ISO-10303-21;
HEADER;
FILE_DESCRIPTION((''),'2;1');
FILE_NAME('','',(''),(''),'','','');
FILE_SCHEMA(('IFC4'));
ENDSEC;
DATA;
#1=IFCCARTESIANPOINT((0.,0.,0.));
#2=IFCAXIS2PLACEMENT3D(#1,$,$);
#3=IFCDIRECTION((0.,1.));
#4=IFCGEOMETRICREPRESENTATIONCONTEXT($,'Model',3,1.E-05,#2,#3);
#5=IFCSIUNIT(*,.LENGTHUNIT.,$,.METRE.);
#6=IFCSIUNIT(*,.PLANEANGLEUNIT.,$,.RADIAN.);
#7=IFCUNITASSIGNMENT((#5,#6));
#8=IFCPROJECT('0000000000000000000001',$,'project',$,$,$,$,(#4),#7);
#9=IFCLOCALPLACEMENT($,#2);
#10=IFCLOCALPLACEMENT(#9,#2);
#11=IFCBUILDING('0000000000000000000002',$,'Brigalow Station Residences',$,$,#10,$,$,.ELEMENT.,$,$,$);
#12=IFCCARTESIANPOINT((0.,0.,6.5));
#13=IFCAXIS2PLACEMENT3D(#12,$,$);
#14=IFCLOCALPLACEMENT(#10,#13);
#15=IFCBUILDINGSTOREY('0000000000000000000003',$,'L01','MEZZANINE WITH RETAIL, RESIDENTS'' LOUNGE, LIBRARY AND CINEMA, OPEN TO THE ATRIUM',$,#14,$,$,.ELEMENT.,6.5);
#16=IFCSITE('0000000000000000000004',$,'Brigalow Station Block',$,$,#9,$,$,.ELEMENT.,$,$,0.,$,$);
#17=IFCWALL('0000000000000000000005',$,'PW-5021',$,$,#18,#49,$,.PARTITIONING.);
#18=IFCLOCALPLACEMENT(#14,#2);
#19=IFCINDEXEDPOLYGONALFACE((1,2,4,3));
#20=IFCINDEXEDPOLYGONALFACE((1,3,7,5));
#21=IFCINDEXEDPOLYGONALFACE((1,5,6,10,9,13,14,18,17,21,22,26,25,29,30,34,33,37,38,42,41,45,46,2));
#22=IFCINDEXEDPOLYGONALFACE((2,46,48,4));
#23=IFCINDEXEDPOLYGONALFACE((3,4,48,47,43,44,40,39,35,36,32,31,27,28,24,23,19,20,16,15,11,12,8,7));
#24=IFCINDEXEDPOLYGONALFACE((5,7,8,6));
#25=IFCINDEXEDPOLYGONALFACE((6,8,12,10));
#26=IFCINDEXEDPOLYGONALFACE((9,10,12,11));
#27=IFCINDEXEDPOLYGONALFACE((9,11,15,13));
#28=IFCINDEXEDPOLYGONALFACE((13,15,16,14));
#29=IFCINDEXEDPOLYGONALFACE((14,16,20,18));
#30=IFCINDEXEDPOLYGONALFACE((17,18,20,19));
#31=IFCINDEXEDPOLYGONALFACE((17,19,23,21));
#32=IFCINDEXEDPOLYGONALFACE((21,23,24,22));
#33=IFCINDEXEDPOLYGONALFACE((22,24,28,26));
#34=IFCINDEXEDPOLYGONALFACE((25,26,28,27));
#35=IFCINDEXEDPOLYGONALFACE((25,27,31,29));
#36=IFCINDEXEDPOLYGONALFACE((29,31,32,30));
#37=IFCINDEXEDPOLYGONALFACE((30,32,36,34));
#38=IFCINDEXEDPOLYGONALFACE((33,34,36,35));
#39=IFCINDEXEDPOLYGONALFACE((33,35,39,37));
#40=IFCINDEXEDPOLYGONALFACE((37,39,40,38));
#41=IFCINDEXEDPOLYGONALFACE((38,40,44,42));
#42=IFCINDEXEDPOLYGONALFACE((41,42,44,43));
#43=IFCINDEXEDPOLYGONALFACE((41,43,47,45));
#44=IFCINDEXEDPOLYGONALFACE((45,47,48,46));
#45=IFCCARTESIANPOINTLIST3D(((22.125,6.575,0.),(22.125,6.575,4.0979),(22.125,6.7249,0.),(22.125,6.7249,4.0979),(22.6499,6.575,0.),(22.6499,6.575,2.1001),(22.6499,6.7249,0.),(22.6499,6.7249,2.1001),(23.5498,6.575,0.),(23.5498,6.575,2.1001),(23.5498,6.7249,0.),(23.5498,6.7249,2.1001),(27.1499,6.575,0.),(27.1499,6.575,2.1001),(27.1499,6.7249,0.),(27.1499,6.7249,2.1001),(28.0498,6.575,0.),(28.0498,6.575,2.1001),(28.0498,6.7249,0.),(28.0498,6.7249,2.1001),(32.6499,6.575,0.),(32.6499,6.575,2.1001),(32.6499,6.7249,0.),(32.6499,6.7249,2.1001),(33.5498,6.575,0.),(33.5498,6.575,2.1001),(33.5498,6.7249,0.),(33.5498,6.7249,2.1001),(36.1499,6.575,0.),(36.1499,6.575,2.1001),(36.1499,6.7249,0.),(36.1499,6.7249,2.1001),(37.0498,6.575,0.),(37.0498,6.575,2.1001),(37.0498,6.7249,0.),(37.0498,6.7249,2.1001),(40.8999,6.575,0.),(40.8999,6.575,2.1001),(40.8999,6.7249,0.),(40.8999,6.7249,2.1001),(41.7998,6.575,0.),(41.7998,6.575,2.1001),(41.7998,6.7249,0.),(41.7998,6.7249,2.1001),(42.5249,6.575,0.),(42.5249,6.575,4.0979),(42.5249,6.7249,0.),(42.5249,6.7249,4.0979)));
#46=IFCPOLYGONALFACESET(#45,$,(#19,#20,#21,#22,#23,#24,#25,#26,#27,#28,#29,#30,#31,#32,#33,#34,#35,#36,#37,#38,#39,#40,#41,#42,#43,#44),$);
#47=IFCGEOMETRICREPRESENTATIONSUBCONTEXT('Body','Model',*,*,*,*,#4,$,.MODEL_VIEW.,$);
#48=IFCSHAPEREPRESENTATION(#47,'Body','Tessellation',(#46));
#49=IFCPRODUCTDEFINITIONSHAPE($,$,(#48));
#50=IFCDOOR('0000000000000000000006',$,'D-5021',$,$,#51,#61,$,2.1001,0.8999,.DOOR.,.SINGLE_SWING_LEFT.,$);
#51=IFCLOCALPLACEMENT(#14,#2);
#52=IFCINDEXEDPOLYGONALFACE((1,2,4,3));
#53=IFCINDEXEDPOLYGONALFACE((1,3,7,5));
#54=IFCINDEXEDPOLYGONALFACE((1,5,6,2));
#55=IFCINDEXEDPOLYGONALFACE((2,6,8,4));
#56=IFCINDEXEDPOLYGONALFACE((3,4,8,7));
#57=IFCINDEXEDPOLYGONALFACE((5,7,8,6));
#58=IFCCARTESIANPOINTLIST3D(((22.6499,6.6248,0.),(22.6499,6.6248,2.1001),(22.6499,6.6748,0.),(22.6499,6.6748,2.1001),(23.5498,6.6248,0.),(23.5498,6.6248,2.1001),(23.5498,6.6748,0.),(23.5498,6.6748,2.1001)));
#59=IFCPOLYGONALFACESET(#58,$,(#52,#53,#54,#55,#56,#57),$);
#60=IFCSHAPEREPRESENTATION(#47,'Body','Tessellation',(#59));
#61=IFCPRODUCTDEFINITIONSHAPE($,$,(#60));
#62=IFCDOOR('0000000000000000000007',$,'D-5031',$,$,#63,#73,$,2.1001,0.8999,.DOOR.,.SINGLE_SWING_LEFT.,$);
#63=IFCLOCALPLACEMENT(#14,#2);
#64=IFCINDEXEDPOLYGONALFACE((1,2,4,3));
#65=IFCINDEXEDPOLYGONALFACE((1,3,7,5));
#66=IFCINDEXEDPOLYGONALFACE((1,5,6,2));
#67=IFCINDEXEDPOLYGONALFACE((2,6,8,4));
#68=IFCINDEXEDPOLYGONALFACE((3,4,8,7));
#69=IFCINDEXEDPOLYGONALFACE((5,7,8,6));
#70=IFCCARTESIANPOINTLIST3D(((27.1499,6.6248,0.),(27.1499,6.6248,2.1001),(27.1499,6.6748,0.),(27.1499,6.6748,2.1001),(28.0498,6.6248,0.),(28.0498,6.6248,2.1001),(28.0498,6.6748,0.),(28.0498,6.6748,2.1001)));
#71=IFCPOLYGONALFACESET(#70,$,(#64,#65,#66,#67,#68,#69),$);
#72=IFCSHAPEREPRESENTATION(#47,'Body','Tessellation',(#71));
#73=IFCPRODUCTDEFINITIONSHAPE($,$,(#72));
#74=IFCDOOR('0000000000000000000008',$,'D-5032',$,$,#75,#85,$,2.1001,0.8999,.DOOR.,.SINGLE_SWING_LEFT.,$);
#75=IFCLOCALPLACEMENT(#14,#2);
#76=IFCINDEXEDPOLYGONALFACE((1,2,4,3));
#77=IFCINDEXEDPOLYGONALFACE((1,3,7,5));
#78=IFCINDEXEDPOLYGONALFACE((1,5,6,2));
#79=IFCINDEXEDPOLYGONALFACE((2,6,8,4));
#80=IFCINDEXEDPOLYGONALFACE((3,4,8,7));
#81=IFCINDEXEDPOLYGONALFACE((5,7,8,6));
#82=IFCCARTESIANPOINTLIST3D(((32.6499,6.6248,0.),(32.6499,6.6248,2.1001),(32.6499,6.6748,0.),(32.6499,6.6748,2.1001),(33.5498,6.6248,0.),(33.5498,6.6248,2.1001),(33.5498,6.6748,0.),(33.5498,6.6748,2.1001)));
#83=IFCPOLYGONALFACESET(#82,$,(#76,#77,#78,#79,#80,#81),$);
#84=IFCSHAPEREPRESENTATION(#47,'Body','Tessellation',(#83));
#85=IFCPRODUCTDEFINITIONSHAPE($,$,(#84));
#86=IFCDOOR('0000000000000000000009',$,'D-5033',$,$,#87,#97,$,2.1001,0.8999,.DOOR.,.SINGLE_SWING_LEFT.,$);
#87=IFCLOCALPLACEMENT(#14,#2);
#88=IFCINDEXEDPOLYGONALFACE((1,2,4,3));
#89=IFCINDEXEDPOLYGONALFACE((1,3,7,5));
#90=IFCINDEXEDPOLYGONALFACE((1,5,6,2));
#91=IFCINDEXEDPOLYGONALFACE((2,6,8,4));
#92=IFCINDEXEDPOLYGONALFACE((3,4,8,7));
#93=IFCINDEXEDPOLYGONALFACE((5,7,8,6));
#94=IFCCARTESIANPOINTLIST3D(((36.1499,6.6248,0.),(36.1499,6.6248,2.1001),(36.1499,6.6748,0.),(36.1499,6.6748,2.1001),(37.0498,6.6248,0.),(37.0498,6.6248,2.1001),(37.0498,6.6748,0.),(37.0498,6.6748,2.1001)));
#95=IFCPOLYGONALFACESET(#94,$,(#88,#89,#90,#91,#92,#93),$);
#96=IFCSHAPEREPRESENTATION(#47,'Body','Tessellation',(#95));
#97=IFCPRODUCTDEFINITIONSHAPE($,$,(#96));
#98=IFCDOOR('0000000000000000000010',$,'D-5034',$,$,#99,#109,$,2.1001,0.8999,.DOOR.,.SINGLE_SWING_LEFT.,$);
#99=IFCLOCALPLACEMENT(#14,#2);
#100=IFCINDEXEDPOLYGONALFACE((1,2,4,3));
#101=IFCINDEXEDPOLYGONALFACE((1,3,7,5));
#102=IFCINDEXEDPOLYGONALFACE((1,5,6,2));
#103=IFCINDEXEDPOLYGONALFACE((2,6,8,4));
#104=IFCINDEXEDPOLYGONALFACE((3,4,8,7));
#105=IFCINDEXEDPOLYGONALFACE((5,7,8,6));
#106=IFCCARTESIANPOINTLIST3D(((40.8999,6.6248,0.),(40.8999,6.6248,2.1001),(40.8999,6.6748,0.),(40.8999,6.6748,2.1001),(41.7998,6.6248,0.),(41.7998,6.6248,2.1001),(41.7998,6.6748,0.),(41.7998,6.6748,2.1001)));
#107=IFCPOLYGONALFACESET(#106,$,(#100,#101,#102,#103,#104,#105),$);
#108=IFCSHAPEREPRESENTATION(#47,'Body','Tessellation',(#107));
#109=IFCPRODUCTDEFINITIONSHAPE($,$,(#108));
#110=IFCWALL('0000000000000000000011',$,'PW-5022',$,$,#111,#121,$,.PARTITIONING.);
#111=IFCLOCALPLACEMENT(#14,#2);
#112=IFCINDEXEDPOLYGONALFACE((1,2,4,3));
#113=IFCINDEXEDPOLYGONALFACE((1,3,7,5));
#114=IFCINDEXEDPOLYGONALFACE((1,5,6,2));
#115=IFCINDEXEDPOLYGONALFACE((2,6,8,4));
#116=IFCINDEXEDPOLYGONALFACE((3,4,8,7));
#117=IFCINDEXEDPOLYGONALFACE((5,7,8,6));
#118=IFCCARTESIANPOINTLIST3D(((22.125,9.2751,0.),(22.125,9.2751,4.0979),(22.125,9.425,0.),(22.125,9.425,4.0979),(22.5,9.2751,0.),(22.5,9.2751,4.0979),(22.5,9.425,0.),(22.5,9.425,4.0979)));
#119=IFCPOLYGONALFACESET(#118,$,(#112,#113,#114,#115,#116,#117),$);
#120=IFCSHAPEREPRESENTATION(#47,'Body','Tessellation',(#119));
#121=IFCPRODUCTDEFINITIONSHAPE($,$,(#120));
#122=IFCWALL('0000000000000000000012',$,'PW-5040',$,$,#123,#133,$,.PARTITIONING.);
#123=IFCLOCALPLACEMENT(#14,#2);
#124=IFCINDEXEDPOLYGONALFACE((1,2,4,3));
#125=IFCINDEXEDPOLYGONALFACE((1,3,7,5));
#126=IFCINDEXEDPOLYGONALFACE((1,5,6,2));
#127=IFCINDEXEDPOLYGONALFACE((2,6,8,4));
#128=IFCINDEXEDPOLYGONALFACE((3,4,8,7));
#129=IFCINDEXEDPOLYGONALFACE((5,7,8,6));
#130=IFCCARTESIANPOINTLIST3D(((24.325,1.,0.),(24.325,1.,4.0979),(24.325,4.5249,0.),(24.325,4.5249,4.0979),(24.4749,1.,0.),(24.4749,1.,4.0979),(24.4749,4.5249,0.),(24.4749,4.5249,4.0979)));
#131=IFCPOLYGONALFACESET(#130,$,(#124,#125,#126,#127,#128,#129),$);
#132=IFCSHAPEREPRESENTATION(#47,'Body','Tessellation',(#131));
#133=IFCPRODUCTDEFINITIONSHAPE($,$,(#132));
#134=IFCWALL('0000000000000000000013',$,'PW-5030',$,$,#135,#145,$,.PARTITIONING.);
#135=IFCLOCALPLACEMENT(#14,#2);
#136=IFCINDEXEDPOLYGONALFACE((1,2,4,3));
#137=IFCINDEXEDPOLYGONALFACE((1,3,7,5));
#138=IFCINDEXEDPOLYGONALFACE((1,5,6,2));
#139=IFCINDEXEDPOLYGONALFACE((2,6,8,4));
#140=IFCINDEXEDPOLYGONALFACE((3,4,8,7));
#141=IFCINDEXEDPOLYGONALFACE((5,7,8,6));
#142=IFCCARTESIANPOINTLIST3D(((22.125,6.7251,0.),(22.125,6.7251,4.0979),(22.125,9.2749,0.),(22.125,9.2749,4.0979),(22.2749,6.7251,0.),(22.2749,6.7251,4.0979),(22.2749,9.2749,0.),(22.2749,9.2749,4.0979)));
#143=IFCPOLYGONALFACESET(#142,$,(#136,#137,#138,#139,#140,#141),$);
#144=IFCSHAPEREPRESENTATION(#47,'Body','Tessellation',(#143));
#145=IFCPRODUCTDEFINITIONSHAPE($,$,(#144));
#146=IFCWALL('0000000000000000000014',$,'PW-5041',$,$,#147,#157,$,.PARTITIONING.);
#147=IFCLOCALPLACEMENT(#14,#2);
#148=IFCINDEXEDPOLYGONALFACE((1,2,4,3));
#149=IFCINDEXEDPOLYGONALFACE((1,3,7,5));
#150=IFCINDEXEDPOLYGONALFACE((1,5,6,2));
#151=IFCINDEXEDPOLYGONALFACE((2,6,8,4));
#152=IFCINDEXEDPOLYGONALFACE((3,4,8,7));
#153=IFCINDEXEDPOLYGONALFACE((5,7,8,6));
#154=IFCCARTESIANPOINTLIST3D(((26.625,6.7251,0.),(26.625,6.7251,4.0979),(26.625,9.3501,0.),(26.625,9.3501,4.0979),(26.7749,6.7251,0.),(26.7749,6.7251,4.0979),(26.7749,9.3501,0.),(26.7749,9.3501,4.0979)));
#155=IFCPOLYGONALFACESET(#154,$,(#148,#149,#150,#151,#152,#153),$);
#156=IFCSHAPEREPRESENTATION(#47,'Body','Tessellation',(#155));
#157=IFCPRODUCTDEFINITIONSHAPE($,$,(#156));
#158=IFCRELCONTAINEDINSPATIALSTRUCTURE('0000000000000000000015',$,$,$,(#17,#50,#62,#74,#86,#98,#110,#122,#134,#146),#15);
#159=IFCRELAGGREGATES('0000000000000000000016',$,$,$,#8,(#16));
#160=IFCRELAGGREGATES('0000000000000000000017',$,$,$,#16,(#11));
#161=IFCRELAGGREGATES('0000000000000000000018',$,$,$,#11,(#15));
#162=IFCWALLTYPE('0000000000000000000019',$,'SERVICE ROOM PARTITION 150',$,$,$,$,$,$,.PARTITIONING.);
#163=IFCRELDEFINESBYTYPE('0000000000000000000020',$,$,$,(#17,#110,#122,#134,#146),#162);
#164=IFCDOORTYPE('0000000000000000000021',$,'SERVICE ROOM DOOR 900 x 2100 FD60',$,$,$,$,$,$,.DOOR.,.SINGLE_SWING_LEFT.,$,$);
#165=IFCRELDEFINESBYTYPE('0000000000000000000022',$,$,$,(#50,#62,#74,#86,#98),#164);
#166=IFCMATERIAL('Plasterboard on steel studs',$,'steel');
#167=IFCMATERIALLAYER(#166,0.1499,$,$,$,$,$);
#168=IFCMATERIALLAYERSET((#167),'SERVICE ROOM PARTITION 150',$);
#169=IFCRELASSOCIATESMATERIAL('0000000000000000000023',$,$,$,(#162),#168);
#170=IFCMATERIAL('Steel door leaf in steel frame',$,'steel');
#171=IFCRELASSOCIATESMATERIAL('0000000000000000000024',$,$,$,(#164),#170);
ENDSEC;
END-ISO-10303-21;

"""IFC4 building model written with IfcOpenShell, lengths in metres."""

from ifc_helpers import new_model, si_unit, direction, frame, frame_2d, origin, place, context, subcontext, project, spatial, rectangle, extrude, material, layer, layer_set, type_object, element, fill, save


model = new_model("IFC4")

# Units and contexts
model_context = context("Model", 3, precision=1e-05, world=origin(), true_north=direction((0.0, 1.0)))
body_context = subcontext(model_context, "Body", "Model", "MODEL_VIEW")
ifc_project = project(units=[si_unit("LENGTHUNIT", "METRE"), si_unit("PLANEANGLEUNIT", "RADIAN")], contexts=[model_context])

# Site, building, storey
site_placement = place(None, origin())
site = spatial("IfcSite", under=ifc_project, at=site_placement, Name="Brigalow Station Block", CompositionType="ELEMENT", RefElevation=0.0)
building_placement = place(site_placement, origin())
building = spatial("IfcBuilding", under=site, at=building_placement, Name="Brigalow Station Residences", CompositionType="ELEMENT")
storey_placement = place(building_placement, frame((0.0, 0.0, 6.5)))
storey = spatial("IfcBuildingStorey", under=building, at=storey_placement, Name="L01", Description="MEZZANINE WITH RETAIL, RESIDENTS' LOUNGE, LIBRARY AND CINEMA, OPEN TO THE ATRIUM", CompositionType="ELEMENT", Elevation=6.5)

# Wall, openings, doors
ifc_material_1 = material(Name="Plasterboard on steel studs", Category="steel")
ifc_layer_1 = layer(ifc_material_1, 0.1499)
ifc_layer_set_1 = layer_set([ifc_layer_1], Name="SERVICE ROOM PARTITION 150")
wall_type_1 = type_object("IfcWallType", Name="SERVICE ROOM PARTITION 150", PredefinedType="PARTITIONING", material=ifc_layer_set_1)
ifc_material_2 = material(Name="Steel door leaf in steel frame", Category="steel")
door_type_1 = type_object("IfcDoorType", Name="SERVICE ROOM DOOR 900 x 2100 FD60", OperationType="SINGLE_SWING_LEFT", PredefinedType="DOOR", material=ifc_material_2)
wall_1_placement = place(storey_placement, frame((22.125, 6.6499, 0.0), z_axis=(0.0, 0.0, 1.0), x_axis=(1.0, 0.0, 0.0)))
wall_1 = element("IfcWall", 1, at=wall_1_placement, inside=storey, type_object=wall_type_1, Name="PW-5021", PredefinedType="PARTITIONING", context=body_context, shape_type="SweptSolid", body=[
    extrude(rectangle(XDim=20.3999, YDim=0.1499, at=frame_2d((10.2, 0.0))), origin(), (0.0, 0.0, 1.0), 4.0979),
])
opening_1_placement = place(wall_1_placement, frame((0.5249, 0.0, 0.0)))
opening_1 = element("IfcOpeningElement", 2, at=opening_1_placement, cuts=wall_1, PredefinedType="OPENING", context=body_context, shape_type="SweptSolid", body=[
    extrude(rectangle(XDim=0.8999, YDim=2.1001, at=frame_2d((0.45, 1.05))), frame((0.0, 0.085, 0.0), z_axis=(0.0, -1.0, 0.0), x_axis=(1.0, 0.0, 0.0)), (0.0, 0.0, 1.0), 0.1699),
])
opening_2_placement = place(wall_1_placement, frame((5.0249, 0.0, 0.0)))
opening_2 = element("IfcOpeningElement", 3, at=opening_2_placement, cuts=wall_1, PredefinedType="OPENING", context=body_context, shape_type="SweptSolid", body=[
    extrude(rectangle(XDim=0.8999, YDim=2.1001, at=frame_2d((0.45, 1.05))), frame((0.0, 0.085, 0.0), z_axis=(0.0, -1.0, 0.0), x_axis=(1.0, 0.0, 0.0)), (0.0, 0.0, 1.0), 0.1699),
])
opening_3_placement = place(wall_1_placement, frame((10.5249, 0.0, 0.0)))
opening_3 = element("IfcOpeningElement", 4, at=opening_3_placement, cuts=wall_1, PredefinedType="OPENING", context=body_context, shape_type="SweptSolid", body=[
    extrude(rectangle(XDim=0.8999, YDim=2.1001, at=frame_2d((0.45, 1.05))), frame((0.0, 0.085, 0.0), z_axis=(0.0, -1.0, 0.0), x_axis=(1.0, 0.0, 0.0)), (0.0, 0.0, 1.0), 0.1699),
])
opening_4_placement = place(wall_1_placement, frame((14.0249, 0.0, 0.0)))
opening_4 = element("IfcOpeningElement", 5, at=opening_4_placement, cuts=wall_1, PredefinedType="OPENING", context=body_context, shape_type="SweptSolid", body=[
    extrude(rectangle(XDim=0.8999, YDim=2.1001, at=frame_2d((0.45, 1.05))), frame((0.0, 0.085, 0.0), z_axis=(0.0, -1.0, 0.0), x_axis=(1.0, 0.0, 0.0)), (0.0, 0.0, 1.0), 0.1699),
])
opening_5_placement = place(wall_1_placement, frame((18.7749, 0.0, 0.0)))
opening_5 = element("IfcOpeningElement", 6, at=opening_5_placement, cuts=wall_1, PredefinedType="OPENING", context=body_context, shape_type="SweptSolid", body=[
    extrude(rectangle(XDim=0.8999, YDim=2.1001, at=frame_2d((0.45, 1.05))), frame((0.0, 0.085, 0.0), z_axis=(0.0, -1.0, 0.0), x_axis=(1.0, 0.0, 0.0)), (0.0, 0.0, 1.0), 0.1699),
])
door_1_placement = place(opening_1_placement, origin())
door_1 = element("IfcDoor", 7, at=door_1_placement, inside=storey, type_object=door_type_1, Name="D-5021", OperationType="SINGLE_SWING_LEFT", OverallHeight=2.1001, OverallWidth=0.8999, PredefinedType="DOOR", context=body_context, shape_type="SweptSolid", body=[
    extrude(rectangle(XDim=0.8999, YDim=2.1001, at=frame_2d((0.45, 1.05))), frame((0.0, 0.0249, 0.0), z_axis=(0.0, -1.0, 0.0), x_axis=(1.0, 0.0, 0.0)), (0.0, 0.0, 1.0), 0.05),
])
fill(opening_1, door_1)
door_2_placement = place(opening_2_placement, origin())
door_2 = element("IfcDoor", 8, at=door_2_placement, inside=storey, type_object=door_type_1, Name="D-5031", OperationType="SINGLE_SWING_LEFT", OverallHeight=2.1001, OverallWidth=0.8999, PredefinedType="DOOR", context=body_context, shape_type="SweptSolid", body=[
    extrude(rectangle(XDim=0.8999, YDim=2.1001, at=frame_2d((0.45, 1.05))), frame((0.0, 0.0249, 0.0), z_axis=(0.0, -1.0, 0.0), x_axis=(1.0, 0.0, 0.0)), (0.0, 0.0, 1.0), 0.05),
])
fill(opening_2, door_2)
door_3_placement = place(opening_3_placement, origin())
door_3 = element("IfcDoor", 9, at=door_3_placement, inside=storey, type_object=door_type_1, Name="D-5032", OperationType="SINGLE_SWING_LEFT", OverallHeight=2.1001, OverallWidth=0.8999, PredefinedType="DOOR", context=body_context, shape_type="SweptSolid", body=[
    extrude(rectangle(XDim=0.8999, YDim=2.1001, at=frame_2d((0.45, 1.05))), frame((0.0, 0.0249, 0.0), z_axis=(0.0, -1.0, 0.0), x_axis=(1.0, 0.0, 0.0)), (0.0, 0.0, 1.0), 0.05),
])
fill(opening_3, door_3)
door_4_placement = place(opening_4_placement, origin())
door_4 = element("IfcDoor", 10, at=door_4_placement, inside=storey, type_object=door_type_1, Name="D-5033", OperationType="SINGLE_SWING_LEFT", OverallHeight=2.1001, OverallWidth=0.8999, PredefinedType="DOOR", context=body_context, shape_type="SweptSolid", body=[
    extrude(rectangle(XDim=0.8999, YDim=2.1001, at=frame_2d((0.45, 1.05))), frame((0.0, 0.0249, 0.0), z_axis=(0.0, -1.0, 0.0), x_axis=(1.0, 0.0, 0.0)), (0.0, 0.0, 1.0), 0.05),
])
fill(opening_4, door_4)
door_5_placement = place(opening_5_placement, origin())
door_5 = element("IfcDoor", 11, at=door_5_placement, inside=storey, type_object=door_type_1, Name="D-5034", OperationType="SINGLE_SWING_LEFT", OverallHeight=2.1001, OverallWidth=0.8999, PredefinedType="DOOR", context=body_context, shape_type="SweptSolid", body=[
    extrude(rectangle(XDim=0.8999, YDim=2.1001, at=frame_2d((0.45, 1.05))), frame((0.0, 0.0249, 0.0), z_axis=(0.0, -1.0, 0.0), x_axis=(1.0, 0.0, 0.0)), (0.0, 0.0, 1.0), 0.05),
])
fill(opening_5, door_5)

# Walls
wall_2_placement = place(storey_placement, frame((22.125, 9.3501, 0.0), z_axis=(0.0, 0.0, 1.0), x_axis=(1.0, 0.0, 0.0)))
element("IfcWall", 12, at=wall_2_placement, inside=storey, type_object=wall_type_1, Name="PW-5022", PredefinedType="PARTITIONING", context=body_context, shape_type="SweptSolid", body=[
    extrude(rectangle(XDim=0.375, YDim=0.1499, at=frame_2d((0.1875, 0.0))), origin(), (0.0, 0.0, 1.0), 4.0979),
])
wall_3_placement = place(storey_placement, frame((24.3999, 1.0, 0.0), z_axis=(0.0, 0.0, 1.0), x_axis=(0.0, 1.0, 0.0)))
element("IfcWall", 13, at=wall_3_placement, inside=storey, type_object=wall_type_1, Name="PW-5040", PredefinedType="PARTITIONING", context=body_context, shape_type="SweptSolid", body=[
    extrude(rectangle(XDim=3.5249, YDim=0.1499, at=frame_2d((1.7625, 0.0))), origin(), (0.0, 0.0, 1.0), 4.0979),
])
wall_4_placement = place(storey_placement, frame((22.2, 6.7251, 0.0), z_axis=(0.0, 0.0, 1.0), x_axis=(0.0, 1.0, 0.0)))
element("IfcWall", 14, at=wall_4_placement, inside=storey, type_object=wall_type_1, Name="PW-5030", PredefinedType="PARTITIONING", context=body_context, shape_type="SweptSolid", body=[
    extrude(rectangle(XDim=2.5498, YDim=0.1499, at=frame_2d((1.2749, 0.0))), origin(), (0.0, 0.0, 1.0), 4.0979),
])
wall_5_placement = place(storey_placement, frame((26.7, 6.7251, 0.0), z_axis=(0.0, 0.0, 1.0), x_axis=(0.0, 1.0, 0.0)))
element("IfcWall", 15, at=wall_5_placement, inside=storey, type_object=wall_type_1, Name="PW-5041", PredefinedType="PARTITIONING", context=body_context, shape_type="SweptSolid", body=[
    extrude(rectangle(XDim=2.625, YDim=0.1499, at=frame_2d((1.3125, 0.0))), origin(), (0.0, 0.0, 1.0), 4.0979),
])

save(model, "model.ifc")
